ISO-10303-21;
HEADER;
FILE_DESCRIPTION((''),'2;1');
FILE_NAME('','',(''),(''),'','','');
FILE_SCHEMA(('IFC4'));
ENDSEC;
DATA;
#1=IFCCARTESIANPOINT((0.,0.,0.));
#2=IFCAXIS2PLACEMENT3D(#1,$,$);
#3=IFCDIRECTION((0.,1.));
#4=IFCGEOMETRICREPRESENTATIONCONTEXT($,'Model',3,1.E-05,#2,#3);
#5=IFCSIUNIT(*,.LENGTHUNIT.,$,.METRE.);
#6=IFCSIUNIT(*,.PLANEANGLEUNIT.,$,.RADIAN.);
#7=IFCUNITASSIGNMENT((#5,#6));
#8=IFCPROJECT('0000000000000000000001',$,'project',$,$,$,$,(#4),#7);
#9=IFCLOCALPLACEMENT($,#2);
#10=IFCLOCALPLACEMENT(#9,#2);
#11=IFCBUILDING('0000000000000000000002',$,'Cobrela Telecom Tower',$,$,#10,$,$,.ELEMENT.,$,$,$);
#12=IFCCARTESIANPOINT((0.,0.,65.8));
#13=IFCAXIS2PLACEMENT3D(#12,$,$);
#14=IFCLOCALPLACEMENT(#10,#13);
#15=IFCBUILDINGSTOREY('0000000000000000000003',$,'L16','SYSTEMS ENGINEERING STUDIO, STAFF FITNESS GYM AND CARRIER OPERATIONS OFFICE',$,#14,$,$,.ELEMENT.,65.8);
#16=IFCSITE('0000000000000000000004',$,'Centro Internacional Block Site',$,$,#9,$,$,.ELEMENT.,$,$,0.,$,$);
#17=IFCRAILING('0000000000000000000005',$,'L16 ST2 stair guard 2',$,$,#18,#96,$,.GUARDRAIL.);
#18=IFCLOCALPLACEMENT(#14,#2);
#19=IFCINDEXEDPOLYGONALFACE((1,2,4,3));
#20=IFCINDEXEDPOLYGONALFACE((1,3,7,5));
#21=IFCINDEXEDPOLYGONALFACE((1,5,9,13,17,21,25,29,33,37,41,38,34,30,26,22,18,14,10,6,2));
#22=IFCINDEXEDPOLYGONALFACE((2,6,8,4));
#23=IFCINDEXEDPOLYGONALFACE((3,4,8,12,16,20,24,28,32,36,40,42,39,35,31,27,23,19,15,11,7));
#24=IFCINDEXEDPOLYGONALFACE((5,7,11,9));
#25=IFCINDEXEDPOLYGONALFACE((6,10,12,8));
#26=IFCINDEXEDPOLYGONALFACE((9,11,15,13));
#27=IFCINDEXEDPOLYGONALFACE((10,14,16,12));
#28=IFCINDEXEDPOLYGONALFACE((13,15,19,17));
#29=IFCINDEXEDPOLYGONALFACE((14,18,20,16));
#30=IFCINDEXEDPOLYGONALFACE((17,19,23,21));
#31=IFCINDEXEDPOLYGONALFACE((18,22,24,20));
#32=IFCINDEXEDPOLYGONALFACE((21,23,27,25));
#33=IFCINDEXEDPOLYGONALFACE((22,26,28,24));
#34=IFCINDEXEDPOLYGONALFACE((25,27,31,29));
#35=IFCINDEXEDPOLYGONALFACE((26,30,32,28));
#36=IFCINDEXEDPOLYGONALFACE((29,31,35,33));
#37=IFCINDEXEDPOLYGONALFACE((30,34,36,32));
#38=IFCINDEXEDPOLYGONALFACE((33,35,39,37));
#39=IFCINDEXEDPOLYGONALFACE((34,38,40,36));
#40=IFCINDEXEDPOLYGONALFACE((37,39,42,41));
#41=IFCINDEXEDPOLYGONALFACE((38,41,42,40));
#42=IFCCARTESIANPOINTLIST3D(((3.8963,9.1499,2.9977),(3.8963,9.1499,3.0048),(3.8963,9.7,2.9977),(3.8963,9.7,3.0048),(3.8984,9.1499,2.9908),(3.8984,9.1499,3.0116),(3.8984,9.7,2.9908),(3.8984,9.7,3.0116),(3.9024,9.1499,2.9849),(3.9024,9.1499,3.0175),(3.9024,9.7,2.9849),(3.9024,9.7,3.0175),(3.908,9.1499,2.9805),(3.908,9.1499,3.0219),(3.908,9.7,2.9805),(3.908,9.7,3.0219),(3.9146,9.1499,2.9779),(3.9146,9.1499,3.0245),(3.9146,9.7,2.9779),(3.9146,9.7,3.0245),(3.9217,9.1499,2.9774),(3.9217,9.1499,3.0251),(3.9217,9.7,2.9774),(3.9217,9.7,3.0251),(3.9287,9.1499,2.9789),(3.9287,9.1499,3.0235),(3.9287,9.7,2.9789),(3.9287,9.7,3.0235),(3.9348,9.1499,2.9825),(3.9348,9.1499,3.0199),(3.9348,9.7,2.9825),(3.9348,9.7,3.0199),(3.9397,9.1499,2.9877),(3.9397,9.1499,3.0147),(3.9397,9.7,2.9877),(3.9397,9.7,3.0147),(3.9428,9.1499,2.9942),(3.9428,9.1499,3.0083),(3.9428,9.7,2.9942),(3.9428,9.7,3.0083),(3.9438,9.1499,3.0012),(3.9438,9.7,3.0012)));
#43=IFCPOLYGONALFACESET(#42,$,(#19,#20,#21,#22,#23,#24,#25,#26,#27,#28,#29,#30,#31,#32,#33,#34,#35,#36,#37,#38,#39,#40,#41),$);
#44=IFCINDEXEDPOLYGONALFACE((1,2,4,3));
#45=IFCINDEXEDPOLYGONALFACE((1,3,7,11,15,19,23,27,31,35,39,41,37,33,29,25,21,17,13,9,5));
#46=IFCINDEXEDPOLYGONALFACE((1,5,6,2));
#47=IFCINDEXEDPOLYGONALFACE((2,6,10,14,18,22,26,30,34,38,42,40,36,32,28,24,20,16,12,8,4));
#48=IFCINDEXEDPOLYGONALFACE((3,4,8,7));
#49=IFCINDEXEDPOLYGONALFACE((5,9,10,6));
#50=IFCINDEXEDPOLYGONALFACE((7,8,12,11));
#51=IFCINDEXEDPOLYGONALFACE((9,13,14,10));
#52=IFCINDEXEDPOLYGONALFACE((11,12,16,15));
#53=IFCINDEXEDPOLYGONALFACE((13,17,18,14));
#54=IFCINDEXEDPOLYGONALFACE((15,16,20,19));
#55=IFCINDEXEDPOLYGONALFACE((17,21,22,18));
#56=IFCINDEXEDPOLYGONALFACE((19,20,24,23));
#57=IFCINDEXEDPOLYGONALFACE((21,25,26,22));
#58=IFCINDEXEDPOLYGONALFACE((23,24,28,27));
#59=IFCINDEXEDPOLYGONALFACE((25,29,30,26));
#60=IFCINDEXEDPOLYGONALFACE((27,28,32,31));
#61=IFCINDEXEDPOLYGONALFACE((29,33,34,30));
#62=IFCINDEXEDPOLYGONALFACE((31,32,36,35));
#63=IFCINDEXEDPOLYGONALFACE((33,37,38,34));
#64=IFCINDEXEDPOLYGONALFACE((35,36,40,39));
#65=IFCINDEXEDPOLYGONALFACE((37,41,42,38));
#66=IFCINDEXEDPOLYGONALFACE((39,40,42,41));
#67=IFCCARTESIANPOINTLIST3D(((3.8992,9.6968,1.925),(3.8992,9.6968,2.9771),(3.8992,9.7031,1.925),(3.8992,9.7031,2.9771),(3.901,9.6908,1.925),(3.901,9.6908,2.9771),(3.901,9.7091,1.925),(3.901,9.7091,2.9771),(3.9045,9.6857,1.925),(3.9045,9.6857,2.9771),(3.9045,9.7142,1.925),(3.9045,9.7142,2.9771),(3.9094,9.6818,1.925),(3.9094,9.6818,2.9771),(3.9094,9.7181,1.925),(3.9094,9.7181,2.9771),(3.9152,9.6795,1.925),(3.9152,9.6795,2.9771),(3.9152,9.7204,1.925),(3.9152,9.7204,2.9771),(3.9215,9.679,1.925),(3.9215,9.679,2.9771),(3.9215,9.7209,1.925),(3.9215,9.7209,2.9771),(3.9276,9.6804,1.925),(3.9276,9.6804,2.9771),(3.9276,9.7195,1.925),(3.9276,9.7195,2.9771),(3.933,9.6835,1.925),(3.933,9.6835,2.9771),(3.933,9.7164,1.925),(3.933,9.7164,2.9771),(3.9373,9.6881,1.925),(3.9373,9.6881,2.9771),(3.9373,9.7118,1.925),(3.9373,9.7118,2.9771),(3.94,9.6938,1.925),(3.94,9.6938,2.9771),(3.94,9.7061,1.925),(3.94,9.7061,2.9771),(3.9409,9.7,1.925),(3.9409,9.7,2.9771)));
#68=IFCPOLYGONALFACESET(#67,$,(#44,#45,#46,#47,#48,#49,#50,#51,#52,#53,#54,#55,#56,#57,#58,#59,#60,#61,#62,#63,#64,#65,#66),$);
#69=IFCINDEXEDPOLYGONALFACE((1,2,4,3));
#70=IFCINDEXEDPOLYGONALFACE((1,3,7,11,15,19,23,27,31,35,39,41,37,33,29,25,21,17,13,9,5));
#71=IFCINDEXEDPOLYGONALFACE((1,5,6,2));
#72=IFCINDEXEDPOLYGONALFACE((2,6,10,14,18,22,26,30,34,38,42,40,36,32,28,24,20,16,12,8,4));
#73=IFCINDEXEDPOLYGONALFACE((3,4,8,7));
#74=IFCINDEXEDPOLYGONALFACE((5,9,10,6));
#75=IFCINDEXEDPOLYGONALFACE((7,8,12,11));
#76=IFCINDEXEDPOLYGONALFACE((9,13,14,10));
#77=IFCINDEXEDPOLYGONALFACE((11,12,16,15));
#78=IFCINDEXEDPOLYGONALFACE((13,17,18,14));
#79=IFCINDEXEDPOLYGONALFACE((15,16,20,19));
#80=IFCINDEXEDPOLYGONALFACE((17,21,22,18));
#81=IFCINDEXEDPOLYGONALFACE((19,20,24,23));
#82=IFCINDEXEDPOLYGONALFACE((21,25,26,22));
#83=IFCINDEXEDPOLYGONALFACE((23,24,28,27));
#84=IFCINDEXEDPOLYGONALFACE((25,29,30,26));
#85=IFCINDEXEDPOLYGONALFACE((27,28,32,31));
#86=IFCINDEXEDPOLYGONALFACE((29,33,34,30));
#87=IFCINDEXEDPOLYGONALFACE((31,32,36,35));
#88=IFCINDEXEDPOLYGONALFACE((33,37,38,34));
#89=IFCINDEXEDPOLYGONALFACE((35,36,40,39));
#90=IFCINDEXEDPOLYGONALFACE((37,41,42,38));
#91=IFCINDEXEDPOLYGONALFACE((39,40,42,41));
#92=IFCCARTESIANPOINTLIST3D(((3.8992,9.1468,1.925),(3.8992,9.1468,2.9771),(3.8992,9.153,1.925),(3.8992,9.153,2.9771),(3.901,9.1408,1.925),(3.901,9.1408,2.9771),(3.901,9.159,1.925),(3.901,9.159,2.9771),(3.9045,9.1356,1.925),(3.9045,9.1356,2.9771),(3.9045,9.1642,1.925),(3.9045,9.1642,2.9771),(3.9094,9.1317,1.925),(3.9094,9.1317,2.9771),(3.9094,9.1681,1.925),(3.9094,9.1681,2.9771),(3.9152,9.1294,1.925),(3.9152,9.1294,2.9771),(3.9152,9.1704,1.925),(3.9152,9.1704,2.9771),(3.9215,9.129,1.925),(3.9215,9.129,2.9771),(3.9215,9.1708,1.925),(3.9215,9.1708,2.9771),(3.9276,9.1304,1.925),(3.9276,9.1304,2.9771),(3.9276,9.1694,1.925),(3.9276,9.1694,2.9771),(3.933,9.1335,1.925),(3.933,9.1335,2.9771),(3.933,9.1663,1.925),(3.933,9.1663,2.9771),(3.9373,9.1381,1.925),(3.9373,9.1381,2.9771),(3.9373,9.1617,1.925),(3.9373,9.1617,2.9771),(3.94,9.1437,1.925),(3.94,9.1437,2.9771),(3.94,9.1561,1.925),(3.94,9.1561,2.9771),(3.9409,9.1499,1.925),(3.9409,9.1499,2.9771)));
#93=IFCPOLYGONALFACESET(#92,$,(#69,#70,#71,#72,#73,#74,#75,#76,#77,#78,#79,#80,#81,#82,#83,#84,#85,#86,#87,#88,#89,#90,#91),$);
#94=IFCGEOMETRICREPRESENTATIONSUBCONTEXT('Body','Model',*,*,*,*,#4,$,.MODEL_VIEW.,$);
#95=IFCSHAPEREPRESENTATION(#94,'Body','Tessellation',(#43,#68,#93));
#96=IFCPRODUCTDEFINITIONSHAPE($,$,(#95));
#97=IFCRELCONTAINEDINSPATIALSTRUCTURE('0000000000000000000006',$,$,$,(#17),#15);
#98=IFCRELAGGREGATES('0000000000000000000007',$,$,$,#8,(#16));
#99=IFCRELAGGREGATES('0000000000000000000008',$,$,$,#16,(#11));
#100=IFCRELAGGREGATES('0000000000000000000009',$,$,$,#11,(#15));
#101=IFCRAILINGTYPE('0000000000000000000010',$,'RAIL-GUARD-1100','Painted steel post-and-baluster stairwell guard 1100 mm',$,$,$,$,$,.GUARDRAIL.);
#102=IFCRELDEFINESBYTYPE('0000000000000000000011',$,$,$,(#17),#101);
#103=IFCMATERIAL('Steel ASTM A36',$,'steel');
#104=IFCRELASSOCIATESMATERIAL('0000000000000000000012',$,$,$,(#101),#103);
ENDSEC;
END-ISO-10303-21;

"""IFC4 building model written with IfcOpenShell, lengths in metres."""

from ifc_helpers import new_model, si_unit, direction, frame, origin, origin_2d, place, context, subcontext, project, spatial, circle, extrude, material, type_object, element, save


model = new_model("IFC4")

# Units and contexts
model_context = context("Model", 3, precision=1e-05, world=origin(), true_north=direction((0.0, 1.0)))
body_context = subcontext(model_context, "Body", "Model", "MODEL_VIEW")
ifc_project = project(units=[si_unit("LENGTHUNIT", "METRE"), si_unit("PLANEANGLEUNIT", "RADIAN")], contexts=[model_context])

# Site, building, storey
site_placement = place(None, origin())
site = spatial("IfcSite", under=ifc_project, at=site_placement, Name="Centro Internacional Block Site", CompositionType="ELEMENT", RefElevation=0.0)
building_placement = place(site_placement, origin())
building = spatial("IfcBuilding", under=site, at=building_placement, Name="Cobrela Telecom Tower", CompositionType="ELEMENT")
storey_placement = place(building_placement, frame((0.0, 0.0, 65.8)))
storey = spatial("IfcBuildingStorey", under=building, at=storey_placement, Name="L16", Description="SYSTEMS ENGINEERING STUDIO, STAFF FITNESS GYM AND CARRIER OPERATIONS OFFICE", CompositionType="ELEMENT", Elevation=65.8)

# Railing
ifc_material_1 = material(Name="Steel ASTM A36", Category="steel")
railing_type_1 = type_object("IfcRailingType", Name="RAIL-GUARD-1100", Description="Painted steel post-and-baluster stairwell guard 1100 mm", PredefinedType="GUARDRAIL", material=ifc_material_1)
railing_1_placement = place(storey_placement, frame((3.9199, 9.7, 1.925)))
element("IfcRailing", 1, at=railing_1_placement, inside=storey, type_object=railing_type_1, Name="L16 ST2 stair guard 2", PredefinedType="GUARDRAIL", context=body_context, shape_type="SweptSolid", body=[
    extrude(circle(Radius=0.0239, at=origin_2d()), frame((0.0, 0.0, 1.0762), z_axis=(0.0, -1.0, 0.0), x_axis=(1.0, 0.0, 0.0)), (0.0, 0.0, 1.0), 0.55),
    extrude(circle(Radius=0.021, at=origin_2d()), origin(), (0.0, 0.0, 1.0), 1.052),
    extrude(circle(Radius=0.021, at=origin_2d()), frame((0.0, -0.55, 0.0)), (0.0, 0.0, 1.0), 1.052),
])

save(model, "model.ifc")
